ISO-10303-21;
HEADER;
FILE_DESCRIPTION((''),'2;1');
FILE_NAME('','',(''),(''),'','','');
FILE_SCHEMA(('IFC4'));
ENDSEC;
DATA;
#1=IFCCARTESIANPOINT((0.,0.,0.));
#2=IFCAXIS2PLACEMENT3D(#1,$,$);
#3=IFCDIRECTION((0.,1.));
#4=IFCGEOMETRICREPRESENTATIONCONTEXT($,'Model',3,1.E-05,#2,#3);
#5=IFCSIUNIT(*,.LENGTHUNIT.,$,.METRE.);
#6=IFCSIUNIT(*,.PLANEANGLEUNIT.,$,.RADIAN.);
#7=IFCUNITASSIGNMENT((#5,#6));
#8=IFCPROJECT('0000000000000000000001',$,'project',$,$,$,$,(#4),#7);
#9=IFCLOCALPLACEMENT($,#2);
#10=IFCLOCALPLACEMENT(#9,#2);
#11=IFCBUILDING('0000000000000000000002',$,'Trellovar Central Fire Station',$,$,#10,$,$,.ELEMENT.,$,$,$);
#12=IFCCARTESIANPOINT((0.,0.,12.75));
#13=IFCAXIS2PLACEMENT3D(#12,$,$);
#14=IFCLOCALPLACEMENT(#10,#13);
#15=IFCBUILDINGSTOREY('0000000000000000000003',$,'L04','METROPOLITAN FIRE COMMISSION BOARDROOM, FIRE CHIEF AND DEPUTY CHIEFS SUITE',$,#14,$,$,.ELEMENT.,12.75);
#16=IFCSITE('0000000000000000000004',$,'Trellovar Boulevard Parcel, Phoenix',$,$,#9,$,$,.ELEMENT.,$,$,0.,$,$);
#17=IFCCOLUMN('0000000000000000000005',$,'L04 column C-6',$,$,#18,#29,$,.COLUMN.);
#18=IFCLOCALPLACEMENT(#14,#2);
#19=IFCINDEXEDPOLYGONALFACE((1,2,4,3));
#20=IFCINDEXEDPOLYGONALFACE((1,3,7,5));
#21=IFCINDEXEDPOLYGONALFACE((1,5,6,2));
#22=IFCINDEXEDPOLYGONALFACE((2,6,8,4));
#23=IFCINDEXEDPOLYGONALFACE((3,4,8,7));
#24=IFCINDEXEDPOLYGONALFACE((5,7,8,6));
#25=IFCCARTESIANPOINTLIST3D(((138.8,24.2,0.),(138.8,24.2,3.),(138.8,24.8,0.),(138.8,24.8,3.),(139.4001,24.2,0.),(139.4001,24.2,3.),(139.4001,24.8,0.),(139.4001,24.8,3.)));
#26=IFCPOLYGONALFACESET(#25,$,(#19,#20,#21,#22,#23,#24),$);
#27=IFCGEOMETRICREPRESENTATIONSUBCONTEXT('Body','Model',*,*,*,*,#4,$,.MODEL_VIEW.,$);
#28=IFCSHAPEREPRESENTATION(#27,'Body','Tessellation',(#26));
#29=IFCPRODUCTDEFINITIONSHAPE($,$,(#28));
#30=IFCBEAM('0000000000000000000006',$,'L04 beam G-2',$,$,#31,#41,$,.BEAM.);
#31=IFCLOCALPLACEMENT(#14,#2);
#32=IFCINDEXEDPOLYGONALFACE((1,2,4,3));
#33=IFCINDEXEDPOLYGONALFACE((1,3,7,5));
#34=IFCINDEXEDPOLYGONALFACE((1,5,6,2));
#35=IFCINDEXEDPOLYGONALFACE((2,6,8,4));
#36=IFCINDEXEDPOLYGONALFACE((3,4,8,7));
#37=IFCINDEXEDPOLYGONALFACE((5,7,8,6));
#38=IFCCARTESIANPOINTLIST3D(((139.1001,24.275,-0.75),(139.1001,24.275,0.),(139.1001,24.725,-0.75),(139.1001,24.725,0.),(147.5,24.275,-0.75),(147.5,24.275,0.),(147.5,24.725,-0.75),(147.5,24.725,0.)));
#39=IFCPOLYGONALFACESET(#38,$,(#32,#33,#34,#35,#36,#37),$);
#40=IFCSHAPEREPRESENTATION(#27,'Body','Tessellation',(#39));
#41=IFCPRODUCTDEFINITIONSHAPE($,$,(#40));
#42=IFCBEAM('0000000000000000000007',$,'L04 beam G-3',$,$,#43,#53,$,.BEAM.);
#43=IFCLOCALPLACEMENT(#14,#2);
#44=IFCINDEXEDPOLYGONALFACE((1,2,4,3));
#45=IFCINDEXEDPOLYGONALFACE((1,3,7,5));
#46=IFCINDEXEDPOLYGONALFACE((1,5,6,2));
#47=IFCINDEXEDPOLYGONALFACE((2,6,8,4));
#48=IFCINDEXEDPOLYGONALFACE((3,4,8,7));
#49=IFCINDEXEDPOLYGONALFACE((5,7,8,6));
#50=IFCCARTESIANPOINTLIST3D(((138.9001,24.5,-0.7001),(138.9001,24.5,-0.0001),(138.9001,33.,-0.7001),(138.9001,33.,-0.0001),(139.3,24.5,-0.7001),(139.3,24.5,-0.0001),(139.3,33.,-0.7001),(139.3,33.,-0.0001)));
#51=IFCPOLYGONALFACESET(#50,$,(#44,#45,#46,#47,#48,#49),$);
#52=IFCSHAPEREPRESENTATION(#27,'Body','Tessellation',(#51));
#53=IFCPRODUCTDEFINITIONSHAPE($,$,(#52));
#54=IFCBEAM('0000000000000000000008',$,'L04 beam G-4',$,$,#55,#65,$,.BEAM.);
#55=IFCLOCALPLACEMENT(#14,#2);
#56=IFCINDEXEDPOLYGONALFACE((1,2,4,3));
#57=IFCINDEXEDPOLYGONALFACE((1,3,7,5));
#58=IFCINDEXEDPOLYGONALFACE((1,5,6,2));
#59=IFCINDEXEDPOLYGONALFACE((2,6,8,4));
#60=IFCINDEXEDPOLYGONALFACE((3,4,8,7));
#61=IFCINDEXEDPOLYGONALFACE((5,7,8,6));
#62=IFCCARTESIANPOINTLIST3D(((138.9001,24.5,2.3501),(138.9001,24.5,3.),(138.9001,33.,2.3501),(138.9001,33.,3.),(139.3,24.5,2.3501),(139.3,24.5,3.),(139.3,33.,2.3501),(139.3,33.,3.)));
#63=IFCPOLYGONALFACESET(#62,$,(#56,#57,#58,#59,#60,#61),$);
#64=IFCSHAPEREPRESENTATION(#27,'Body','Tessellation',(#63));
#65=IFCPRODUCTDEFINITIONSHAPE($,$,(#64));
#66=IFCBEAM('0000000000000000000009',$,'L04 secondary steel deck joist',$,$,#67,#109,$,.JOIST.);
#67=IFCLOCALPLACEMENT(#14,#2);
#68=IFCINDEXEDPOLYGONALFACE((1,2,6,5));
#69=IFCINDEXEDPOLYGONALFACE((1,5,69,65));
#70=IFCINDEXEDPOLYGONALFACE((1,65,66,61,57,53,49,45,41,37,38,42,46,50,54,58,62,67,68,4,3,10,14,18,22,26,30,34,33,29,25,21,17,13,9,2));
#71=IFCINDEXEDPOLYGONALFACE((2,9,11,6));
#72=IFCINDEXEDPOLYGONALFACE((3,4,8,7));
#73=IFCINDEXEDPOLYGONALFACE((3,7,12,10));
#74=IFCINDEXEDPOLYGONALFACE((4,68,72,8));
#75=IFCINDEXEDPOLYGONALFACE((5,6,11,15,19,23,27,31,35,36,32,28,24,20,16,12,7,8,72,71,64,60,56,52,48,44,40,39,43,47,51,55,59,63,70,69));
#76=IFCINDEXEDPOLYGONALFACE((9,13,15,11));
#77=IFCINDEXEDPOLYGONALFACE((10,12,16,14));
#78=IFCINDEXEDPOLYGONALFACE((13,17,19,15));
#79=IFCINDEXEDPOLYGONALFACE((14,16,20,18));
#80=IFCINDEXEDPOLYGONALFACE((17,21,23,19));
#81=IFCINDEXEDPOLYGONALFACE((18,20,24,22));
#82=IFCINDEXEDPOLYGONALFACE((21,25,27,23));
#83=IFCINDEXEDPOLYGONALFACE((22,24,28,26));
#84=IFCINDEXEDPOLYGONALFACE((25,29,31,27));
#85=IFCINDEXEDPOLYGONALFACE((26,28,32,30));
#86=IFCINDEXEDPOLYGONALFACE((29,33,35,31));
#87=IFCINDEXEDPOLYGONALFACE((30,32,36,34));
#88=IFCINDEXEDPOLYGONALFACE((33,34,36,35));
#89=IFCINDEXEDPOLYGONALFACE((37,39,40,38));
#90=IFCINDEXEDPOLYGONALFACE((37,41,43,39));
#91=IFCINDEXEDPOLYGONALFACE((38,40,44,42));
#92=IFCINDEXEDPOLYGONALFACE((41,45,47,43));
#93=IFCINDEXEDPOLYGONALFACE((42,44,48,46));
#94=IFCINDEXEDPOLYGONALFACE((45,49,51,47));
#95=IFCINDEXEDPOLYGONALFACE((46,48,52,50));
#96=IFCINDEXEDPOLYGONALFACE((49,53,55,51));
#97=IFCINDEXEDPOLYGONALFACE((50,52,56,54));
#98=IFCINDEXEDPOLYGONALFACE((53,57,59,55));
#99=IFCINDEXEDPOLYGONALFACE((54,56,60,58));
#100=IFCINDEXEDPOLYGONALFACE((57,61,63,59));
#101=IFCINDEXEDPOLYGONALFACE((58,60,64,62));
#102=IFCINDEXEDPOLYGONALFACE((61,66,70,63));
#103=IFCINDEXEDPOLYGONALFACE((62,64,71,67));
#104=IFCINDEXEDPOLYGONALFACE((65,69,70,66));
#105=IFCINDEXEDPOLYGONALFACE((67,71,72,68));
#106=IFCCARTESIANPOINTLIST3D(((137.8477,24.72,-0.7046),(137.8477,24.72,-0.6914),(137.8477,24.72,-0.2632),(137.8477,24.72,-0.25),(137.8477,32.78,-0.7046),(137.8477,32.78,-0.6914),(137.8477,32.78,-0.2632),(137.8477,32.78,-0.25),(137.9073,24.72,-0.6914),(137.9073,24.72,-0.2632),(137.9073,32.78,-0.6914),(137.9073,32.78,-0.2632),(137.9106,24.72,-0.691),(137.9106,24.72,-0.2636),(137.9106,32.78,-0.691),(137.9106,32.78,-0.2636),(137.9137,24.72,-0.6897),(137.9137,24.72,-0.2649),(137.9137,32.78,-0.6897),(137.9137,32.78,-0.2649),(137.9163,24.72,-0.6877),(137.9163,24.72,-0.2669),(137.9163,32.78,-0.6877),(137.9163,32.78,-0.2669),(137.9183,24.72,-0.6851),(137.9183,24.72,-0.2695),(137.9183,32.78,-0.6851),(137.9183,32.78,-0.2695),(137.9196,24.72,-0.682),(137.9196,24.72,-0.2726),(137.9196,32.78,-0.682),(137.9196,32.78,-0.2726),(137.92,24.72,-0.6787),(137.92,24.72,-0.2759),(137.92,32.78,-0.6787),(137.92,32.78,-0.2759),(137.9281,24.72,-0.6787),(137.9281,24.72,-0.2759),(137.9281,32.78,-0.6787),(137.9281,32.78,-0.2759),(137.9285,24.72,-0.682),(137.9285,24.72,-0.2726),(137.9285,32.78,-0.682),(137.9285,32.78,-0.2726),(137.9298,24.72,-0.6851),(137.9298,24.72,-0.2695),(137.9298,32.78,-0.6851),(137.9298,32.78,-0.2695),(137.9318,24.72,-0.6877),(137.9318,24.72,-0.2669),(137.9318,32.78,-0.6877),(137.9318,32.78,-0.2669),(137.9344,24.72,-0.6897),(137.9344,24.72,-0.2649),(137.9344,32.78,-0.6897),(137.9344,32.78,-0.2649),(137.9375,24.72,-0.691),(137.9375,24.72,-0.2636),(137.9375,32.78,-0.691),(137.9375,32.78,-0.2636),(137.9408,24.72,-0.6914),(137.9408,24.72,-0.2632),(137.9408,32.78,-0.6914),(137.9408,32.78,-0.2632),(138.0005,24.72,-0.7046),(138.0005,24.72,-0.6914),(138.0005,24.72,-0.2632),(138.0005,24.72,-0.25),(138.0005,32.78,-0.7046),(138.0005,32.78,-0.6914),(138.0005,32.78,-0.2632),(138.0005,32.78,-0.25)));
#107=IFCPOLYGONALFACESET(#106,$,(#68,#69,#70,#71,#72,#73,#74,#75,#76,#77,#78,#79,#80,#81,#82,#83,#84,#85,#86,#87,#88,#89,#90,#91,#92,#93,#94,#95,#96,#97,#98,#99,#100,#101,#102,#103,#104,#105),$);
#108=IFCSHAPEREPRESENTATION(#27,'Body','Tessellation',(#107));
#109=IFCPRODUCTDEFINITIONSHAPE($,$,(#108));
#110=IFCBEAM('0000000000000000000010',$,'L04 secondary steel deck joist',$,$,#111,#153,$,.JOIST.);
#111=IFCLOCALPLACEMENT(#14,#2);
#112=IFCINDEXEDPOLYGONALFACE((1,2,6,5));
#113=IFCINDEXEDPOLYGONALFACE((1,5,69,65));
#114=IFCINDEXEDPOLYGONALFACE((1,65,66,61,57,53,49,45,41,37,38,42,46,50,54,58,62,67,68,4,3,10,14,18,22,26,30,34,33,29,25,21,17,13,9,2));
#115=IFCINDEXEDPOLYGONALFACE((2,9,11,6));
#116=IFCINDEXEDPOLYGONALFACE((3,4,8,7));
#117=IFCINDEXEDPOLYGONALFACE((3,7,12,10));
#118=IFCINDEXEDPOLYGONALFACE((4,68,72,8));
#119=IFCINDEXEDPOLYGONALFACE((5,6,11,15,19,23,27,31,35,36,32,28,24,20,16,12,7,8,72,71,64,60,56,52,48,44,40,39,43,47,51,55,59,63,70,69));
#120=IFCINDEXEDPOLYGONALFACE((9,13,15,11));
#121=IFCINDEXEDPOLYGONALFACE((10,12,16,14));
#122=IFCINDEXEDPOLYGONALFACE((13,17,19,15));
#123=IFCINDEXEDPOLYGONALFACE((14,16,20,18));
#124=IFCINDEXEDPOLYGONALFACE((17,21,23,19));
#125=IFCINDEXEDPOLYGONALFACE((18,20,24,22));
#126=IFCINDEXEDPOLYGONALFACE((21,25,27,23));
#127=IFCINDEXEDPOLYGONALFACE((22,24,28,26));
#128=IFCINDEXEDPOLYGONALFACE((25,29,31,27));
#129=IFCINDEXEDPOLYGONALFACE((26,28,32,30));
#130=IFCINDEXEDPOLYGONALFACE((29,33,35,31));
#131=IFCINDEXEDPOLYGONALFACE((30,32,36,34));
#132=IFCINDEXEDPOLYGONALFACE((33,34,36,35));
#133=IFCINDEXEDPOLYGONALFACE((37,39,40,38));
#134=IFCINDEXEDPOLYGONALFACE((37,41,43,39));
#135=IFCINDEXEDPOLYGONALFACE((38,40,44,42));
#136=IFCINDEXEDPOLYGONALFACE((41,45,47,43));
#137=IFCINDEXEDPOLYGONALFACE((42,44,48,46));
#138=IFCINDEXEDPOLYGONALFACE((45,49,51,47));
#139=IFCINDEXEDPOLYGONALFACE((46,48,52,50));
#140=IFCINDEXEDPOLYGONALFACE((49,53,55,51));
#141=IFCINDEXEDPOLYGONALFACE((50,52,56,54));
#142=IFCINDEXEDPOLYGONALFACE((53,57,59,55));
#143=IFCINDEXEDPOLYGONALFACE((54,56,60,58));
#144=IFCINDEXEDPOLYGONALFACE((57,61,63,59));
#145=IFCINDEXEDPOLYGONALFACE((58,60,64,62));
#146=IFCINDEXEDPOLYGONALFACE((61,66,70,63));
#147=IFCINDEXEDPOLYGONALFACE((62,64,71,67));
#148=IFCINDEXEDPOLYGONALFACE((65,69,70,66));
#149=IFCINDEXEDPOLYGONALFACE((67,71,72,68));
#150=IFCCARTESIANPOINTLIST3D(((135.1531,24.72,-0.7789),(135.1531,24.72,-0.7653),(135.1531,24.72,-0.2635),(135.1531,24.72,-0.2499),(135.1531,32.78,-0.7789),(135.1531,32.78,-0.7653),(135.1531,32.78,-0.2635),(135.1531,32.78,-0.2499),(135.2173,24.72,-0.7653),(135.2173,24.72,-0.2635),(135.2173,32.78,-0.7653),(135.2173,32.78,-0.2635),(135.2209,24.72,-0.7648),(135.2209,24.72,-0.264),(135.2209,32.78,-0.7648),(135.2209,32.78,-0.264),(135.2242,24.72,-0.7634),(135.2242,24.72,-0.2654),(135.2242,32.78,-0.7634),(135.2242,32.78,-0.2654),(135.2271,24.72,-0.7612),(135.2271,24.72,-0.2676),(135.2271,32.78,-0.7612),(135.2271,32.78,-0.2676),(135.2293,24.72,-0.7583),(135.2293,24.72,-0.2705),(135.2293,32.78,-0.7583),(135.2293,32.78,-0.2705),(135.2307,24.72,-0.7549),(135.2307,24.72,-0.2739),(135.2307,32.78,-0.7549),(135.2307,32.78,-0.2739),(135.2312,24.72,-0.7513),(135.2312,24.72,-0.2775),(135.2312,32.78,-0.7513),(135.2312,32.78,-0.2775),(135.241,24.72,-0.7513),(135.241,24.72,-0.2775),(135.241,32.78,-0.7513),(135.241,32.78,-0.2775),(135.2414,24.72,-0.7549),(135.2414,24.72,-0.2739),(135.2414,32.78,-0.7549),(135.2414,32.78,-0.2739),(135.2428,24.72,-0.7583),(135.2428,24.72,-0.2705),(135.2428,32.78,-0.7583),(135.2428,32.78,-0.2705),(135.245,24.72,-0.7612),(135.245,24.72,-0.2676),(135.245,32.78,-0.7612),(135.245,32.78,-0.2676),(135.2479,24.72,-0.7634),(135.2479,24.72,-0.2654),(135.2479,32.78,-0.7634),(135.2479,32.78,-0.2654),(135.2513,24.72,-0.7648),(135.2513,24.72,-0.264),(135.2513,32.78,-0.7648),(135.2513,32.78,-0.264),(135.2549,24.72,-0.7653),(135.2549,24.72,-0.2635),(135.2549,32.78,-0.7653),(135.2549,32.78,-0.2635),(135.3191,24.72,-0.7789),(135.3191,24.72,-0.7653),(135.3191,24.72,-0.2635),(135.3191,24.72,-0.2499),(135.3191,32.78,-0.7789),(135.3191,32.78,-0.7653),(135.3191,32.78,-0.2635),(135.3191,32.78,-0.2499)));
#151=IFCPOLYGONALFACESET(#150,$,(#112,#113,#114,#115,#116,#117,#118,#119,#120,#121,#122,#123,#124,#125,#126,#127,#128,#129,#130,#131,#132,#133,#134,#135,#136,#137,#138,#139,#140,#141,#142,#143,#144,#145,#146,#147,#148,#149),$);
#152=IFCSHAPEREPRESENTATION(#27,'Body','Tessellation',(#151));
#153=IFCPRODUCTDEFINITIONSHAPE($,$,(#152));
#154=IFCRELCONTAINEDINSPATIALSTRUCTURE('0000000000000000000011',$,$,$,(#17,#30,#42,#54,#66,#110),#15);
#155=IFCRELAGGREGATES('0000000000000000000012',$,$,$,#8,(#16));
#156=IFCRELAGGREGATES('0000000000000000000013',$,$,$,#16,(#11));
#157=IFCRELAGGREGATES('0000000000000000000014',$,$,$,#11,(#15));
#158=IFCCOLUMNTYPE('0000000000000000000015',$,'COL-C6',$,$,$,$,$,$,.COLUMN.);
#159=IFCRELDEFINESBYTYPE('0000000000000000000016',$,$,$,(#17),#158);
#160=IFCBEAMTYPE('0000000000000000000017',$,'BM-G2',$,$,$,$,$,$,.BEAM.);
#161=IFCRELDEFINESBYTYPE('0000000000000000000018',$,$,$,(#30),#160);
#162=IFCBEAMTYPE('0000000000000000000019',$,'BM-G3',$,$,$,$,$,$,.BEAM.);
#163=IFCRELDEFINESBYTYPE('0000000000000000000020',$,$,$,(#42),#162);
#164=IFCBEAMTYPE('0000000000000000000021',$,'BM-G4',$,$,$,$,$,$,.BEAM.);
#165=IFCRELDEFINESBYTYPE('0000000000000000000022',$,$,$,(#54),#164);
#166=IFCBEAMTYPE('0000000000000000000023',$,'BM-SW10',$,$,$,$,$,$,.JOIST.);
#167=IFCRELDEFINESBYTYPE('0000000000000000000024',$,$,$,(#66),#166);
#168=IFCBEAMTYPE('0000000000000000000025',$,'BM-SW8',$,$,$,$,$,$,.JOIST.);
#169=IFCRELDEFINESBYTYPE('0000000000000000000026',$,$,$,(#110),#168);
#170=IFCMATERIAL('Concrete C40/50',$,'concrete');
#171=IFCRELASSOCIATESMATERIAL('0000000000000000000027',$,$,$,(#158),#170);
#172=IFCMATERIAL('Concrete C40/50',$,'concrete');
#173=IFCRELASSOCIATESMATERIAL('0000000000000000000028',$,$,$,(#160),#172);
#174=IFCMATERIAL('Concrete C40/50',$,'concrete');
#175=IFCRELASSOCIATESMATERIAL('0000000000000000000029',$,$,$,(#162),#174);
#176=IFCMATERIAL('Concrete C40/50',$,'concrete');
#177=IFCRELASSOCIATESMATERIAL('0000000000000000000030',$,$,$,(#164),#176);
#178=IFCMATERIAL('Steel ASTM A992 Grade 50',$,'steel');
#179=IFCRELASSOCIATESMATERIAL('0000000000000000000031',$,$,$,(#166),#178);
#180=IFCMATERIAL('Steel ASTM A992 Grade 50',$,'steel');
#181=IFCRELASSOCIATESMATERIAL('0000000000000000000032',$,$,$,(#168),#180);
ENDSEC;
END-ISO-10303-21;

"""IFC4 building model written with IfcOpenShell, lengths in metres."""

from ifc_helpers import new_model, si_unit, direction, frame, origin, origin_2d, place, context, subcontext, project, spatial, rectangle, i_section, extrude, material, material_profile, profile_set, type_object, element, save


model = new_model("IFC4")

# Units and contexts
model_context = context("Model", 3, precision=1e-05, world=origin(), true_north=direction((0.0, 1.0)))
body_context = subcontext(model_context, "Body", "Model", "MODEL_VIEW")
ifc_project = project(units=[si_unit("LENGTHUNIT", "METRE"), si_unit("PLANEANGLEUNIT", "RADIAN")], contexts=[model_context])

# Site, building, storey
site_placement = place(None, origin())
site = spatial("IfcSite", under=ifc_project, at=site_placement, Name="Trellovar Boulevard Parcel, Phoenix", CompositionType="ELEMENT", RefElevation=0.0)
building_placement = place(site_placement, origin())
building = spatial("IfcBuilding", under=site, at=building_placement, Name="Trellovar Central Fire Station", CompositionType="ELEMENT")
storey_placement = place(building_placement, frame((0.0, 0.0, 12.75)))
storey = spatial("IfcBuildingStorey", under=building, at=storey_placement, Name="L04", Description="METROPOLITAN FIRE COMMISSION BOARDROOM, FIRE CHIEF AND DEPUTY CHIEFS SUITE", CompositionType="ELEMENT", Elevation=12.75)

# Column
ifc_material_1 = material(Name="Concrete C40/50", Category="concrete")
ifc_material_profile_1 = material_profile(ifc_material_1, rectangle(XDim=0.6001, YDim=0.6001, at=origin_2d()), Name="RC600X600")
ifc_profile_set_1 = profile_set([ifc_material_profile_1], Name="Concrete C40/50")
column_type = type_object("IfcColumnType", Name="COL-C6", PredefinedType="COLUMN", material=ifc_profile_set_1)
column_placement = place(storey_placement, frame((139.1001, 24.5, 0.0), z_axis=(0.0, 0.0, 1.0), x_axis=(1.0, 0.0, 0.0)))
element("IfcColumn", 1, at=column_placement, inside=storey, type_object=column_type, Name="L04 column C-6", PredefinedType="COLUMN", context=body_context, shape_type="SweptSolid", body=[
    extrude(rectangle(XDim=0.6001, YDim=0.6001, at=origin_2d()), origin(), (0.0, 0.0, 1.0), 3.0),
])

# Beams
ifc_material_2 = material(Name="Concrete C40/50", Category="concrete")
ifc_material_profile_2 = material_profile(ifc_material_2, rectangle(XDim=0.45, YDim=0.75, at=origin_2d()), Name="RC450X750")
ifc_profile_set_2 = profile_set([ifc_material_profile_2], Name="Concrete C40/50")
beam_type_1 = type_object("IfcBeamType", Name="BM-G2", PredefinedType="BEAM", material=ifc_profile_set_2)
beam_1_placement = place(storey_placement, frame((139.1001, 24.5, -0.375), z_axis=(1.0, 0.0, 0.0), x_axis=(0.0, 1.0, 0.0)))
element("IfcBeam", 2, at=beam_1_placement, inside=storey, type_object=beam_type_1, Name="L04 beam G-2", PredefinedType="BEAM", context=body_context, shape_type="SweptSolid", body=[
    extrude(rectangle(XDim=0.45, YDim=0.75, at=origin_2d()), origin(), (0.0, 0.0, 1.0), 8.3999),
])
ifc_material_3 = material(Name="Concrete C40/50", Category="concrete")
ifc_material_profile_3 = material_profile(ifc_material_3, rectangle(XDim=0.3999, YDim=0.7, at=origin_2d()), Name="RC400X700")
ifc_profile_set_3 = profile_set([ifc_material_profile_3], Name="Concrete C40/50")
beam_type_2 = type_object("IfcBeamType", Name="BM-G3", PredefinedType="BEAM", material=ifc_profile_set_3)
beam_2_placement = place(storey_placement, frame((139.1001, 24.5, -0.3501), z_axis=(0.0, 1.0, 0.0), x_axis=(-1.0, 0.0, 0.0)))
element("IfcBeam", 3, at=beam_2_placement, inside=storey, type_object=beam_type_2, Name="L04 beam G-3", PredefinedType="BEAM", context=body_context, shape_type="SweptSolid", body=[
    extrude(rectangle(XDim=0.3999, YDim=0.7, at=origin_2d()), origin(), (0.0, 0.0, 1.0), 8.5),
])
ifc_material_4 = material(Name="Concrete C40/50", Category="concrete")
ifc_material_profile_4 = material_profile(ifc_material_4, rectangle(XDim=0.3999, YDim=0.6499, at=origin_2d()), Name="RC400X650")
ifc_profile_set_4 = profile_set([ifc_material_profile_4], Name="Concrete C40/50")
beam_type_3 = type_object("IfcBeamType", Name="BM-G4", PredefinedType="BEAM", material=ifc_profile_set_4)
beam_3_placement = place(storey_placement, frame((139.1001, 24.5, 2.675), z_axis=(0.0, 1.0, 0.0), x_axis=(-1.0, 0.0, 0.0)))
element("IfcBeam", 4, at=beam_3_placement, inside=storey, type_object=beam_type_3, Name="L04 beam G-4", PredefinedType="BEAM", context=body_context, shape_type="SweptSolid", body=[
    extrude(rectangle(XDim=0.3999, YDim=0.6499, at=origin_2d()), origin(), (0.0, 0.0, 1.0), 8.5),
])
ifc_material_5 = material(Name="Steel ASTM A992 Grade 50", Category="steel")
ifc_material_profile_5 = material_profile(ifc_material_5, i_section(OverallWidth=0.1528, OverallDepth=0.4546, WebThickness=0.0081, FlangeThickness=0.0132, FilletRadius=0.0127, at=origin_2d()), Name="W18X40")
ifc_profile_set_5 = profile_set([ifc_material_profile_5], Name="Steel ASTM A992 Grade 50")
beam_type_4 = type_object("IfcBeamType", Name="BM-SW10", PredefinedType="JOIST", material=ifc_profile_set_5)
beam_4_placement = place(storey_placement, frame((137.9241, 24.72, -0.4773), z_axis=(0.0, 1.0, 0.0), x_axis=(-1.0, 0.0, 0.0)))
element("IfcBeam", 5, at=beam_4_placement, inside=storey, type_object=beam_type_4, Name="L04 secondary steel deck joist", PredefinedType="JOIST", context=body_context, shape_type="SweptSolid", body=[
    extrude(i_section(OverallWidth=0.1528, OverallDepth=0.4546, WebThickness=0.0081, FlangeThickness=0.0132, FilletRadius=0.0127, at=origin_2d()), origin(), (0.0, 0.0, 1.0), 8.0601),
])
ifc_material_6 = material(Name="Steel ASTM A992 Grade 50", Category="steel")
ifc_material_profile_6 = material_profile(ifc_material_6, i_section(OverallWidth=0.166, OverallDepth=0.5291, WebThickness=0.0098, FlangeThickness=0.0137, FilletRadius=0.0139, at=origin_2d()), Name="W21X50")
ifc_profile_set_6 = profile_set([ifc_material_profile_6], Name="Steel ASTM A992 Grade 50")
beam_type_5 = type_object("IfcBeamType", Name="BM-SW8", PredefinedType="JOIST", material=ifc_profile_set_6)
beam_5_placement = place(storey_placement, frame((135.2361, 24.72, -0.5144), z_axis=(0.0, 1.0, 0.0), x_axis=(-1.0, 0.0, 0.0)))
element("IfcBeam", 6, at=beam_5_placement, inside=storey, type_object=beam_type_5, Name="L04 secondary steel deck joist", PredefinedType="JOIST", context=body_context, shape_type="SweptSolid", body=[
    extrude(i_section(OverallWidth=0.166, OverallDepth=0.5291, WebThickness=0.0098, FlangeThickness=0.0137, FilletRadius=0.0139, at=origin_2d()), origin(), (0.0, 0.0, 1.0), 8.0601),
])

save(model, "model.ifc")
